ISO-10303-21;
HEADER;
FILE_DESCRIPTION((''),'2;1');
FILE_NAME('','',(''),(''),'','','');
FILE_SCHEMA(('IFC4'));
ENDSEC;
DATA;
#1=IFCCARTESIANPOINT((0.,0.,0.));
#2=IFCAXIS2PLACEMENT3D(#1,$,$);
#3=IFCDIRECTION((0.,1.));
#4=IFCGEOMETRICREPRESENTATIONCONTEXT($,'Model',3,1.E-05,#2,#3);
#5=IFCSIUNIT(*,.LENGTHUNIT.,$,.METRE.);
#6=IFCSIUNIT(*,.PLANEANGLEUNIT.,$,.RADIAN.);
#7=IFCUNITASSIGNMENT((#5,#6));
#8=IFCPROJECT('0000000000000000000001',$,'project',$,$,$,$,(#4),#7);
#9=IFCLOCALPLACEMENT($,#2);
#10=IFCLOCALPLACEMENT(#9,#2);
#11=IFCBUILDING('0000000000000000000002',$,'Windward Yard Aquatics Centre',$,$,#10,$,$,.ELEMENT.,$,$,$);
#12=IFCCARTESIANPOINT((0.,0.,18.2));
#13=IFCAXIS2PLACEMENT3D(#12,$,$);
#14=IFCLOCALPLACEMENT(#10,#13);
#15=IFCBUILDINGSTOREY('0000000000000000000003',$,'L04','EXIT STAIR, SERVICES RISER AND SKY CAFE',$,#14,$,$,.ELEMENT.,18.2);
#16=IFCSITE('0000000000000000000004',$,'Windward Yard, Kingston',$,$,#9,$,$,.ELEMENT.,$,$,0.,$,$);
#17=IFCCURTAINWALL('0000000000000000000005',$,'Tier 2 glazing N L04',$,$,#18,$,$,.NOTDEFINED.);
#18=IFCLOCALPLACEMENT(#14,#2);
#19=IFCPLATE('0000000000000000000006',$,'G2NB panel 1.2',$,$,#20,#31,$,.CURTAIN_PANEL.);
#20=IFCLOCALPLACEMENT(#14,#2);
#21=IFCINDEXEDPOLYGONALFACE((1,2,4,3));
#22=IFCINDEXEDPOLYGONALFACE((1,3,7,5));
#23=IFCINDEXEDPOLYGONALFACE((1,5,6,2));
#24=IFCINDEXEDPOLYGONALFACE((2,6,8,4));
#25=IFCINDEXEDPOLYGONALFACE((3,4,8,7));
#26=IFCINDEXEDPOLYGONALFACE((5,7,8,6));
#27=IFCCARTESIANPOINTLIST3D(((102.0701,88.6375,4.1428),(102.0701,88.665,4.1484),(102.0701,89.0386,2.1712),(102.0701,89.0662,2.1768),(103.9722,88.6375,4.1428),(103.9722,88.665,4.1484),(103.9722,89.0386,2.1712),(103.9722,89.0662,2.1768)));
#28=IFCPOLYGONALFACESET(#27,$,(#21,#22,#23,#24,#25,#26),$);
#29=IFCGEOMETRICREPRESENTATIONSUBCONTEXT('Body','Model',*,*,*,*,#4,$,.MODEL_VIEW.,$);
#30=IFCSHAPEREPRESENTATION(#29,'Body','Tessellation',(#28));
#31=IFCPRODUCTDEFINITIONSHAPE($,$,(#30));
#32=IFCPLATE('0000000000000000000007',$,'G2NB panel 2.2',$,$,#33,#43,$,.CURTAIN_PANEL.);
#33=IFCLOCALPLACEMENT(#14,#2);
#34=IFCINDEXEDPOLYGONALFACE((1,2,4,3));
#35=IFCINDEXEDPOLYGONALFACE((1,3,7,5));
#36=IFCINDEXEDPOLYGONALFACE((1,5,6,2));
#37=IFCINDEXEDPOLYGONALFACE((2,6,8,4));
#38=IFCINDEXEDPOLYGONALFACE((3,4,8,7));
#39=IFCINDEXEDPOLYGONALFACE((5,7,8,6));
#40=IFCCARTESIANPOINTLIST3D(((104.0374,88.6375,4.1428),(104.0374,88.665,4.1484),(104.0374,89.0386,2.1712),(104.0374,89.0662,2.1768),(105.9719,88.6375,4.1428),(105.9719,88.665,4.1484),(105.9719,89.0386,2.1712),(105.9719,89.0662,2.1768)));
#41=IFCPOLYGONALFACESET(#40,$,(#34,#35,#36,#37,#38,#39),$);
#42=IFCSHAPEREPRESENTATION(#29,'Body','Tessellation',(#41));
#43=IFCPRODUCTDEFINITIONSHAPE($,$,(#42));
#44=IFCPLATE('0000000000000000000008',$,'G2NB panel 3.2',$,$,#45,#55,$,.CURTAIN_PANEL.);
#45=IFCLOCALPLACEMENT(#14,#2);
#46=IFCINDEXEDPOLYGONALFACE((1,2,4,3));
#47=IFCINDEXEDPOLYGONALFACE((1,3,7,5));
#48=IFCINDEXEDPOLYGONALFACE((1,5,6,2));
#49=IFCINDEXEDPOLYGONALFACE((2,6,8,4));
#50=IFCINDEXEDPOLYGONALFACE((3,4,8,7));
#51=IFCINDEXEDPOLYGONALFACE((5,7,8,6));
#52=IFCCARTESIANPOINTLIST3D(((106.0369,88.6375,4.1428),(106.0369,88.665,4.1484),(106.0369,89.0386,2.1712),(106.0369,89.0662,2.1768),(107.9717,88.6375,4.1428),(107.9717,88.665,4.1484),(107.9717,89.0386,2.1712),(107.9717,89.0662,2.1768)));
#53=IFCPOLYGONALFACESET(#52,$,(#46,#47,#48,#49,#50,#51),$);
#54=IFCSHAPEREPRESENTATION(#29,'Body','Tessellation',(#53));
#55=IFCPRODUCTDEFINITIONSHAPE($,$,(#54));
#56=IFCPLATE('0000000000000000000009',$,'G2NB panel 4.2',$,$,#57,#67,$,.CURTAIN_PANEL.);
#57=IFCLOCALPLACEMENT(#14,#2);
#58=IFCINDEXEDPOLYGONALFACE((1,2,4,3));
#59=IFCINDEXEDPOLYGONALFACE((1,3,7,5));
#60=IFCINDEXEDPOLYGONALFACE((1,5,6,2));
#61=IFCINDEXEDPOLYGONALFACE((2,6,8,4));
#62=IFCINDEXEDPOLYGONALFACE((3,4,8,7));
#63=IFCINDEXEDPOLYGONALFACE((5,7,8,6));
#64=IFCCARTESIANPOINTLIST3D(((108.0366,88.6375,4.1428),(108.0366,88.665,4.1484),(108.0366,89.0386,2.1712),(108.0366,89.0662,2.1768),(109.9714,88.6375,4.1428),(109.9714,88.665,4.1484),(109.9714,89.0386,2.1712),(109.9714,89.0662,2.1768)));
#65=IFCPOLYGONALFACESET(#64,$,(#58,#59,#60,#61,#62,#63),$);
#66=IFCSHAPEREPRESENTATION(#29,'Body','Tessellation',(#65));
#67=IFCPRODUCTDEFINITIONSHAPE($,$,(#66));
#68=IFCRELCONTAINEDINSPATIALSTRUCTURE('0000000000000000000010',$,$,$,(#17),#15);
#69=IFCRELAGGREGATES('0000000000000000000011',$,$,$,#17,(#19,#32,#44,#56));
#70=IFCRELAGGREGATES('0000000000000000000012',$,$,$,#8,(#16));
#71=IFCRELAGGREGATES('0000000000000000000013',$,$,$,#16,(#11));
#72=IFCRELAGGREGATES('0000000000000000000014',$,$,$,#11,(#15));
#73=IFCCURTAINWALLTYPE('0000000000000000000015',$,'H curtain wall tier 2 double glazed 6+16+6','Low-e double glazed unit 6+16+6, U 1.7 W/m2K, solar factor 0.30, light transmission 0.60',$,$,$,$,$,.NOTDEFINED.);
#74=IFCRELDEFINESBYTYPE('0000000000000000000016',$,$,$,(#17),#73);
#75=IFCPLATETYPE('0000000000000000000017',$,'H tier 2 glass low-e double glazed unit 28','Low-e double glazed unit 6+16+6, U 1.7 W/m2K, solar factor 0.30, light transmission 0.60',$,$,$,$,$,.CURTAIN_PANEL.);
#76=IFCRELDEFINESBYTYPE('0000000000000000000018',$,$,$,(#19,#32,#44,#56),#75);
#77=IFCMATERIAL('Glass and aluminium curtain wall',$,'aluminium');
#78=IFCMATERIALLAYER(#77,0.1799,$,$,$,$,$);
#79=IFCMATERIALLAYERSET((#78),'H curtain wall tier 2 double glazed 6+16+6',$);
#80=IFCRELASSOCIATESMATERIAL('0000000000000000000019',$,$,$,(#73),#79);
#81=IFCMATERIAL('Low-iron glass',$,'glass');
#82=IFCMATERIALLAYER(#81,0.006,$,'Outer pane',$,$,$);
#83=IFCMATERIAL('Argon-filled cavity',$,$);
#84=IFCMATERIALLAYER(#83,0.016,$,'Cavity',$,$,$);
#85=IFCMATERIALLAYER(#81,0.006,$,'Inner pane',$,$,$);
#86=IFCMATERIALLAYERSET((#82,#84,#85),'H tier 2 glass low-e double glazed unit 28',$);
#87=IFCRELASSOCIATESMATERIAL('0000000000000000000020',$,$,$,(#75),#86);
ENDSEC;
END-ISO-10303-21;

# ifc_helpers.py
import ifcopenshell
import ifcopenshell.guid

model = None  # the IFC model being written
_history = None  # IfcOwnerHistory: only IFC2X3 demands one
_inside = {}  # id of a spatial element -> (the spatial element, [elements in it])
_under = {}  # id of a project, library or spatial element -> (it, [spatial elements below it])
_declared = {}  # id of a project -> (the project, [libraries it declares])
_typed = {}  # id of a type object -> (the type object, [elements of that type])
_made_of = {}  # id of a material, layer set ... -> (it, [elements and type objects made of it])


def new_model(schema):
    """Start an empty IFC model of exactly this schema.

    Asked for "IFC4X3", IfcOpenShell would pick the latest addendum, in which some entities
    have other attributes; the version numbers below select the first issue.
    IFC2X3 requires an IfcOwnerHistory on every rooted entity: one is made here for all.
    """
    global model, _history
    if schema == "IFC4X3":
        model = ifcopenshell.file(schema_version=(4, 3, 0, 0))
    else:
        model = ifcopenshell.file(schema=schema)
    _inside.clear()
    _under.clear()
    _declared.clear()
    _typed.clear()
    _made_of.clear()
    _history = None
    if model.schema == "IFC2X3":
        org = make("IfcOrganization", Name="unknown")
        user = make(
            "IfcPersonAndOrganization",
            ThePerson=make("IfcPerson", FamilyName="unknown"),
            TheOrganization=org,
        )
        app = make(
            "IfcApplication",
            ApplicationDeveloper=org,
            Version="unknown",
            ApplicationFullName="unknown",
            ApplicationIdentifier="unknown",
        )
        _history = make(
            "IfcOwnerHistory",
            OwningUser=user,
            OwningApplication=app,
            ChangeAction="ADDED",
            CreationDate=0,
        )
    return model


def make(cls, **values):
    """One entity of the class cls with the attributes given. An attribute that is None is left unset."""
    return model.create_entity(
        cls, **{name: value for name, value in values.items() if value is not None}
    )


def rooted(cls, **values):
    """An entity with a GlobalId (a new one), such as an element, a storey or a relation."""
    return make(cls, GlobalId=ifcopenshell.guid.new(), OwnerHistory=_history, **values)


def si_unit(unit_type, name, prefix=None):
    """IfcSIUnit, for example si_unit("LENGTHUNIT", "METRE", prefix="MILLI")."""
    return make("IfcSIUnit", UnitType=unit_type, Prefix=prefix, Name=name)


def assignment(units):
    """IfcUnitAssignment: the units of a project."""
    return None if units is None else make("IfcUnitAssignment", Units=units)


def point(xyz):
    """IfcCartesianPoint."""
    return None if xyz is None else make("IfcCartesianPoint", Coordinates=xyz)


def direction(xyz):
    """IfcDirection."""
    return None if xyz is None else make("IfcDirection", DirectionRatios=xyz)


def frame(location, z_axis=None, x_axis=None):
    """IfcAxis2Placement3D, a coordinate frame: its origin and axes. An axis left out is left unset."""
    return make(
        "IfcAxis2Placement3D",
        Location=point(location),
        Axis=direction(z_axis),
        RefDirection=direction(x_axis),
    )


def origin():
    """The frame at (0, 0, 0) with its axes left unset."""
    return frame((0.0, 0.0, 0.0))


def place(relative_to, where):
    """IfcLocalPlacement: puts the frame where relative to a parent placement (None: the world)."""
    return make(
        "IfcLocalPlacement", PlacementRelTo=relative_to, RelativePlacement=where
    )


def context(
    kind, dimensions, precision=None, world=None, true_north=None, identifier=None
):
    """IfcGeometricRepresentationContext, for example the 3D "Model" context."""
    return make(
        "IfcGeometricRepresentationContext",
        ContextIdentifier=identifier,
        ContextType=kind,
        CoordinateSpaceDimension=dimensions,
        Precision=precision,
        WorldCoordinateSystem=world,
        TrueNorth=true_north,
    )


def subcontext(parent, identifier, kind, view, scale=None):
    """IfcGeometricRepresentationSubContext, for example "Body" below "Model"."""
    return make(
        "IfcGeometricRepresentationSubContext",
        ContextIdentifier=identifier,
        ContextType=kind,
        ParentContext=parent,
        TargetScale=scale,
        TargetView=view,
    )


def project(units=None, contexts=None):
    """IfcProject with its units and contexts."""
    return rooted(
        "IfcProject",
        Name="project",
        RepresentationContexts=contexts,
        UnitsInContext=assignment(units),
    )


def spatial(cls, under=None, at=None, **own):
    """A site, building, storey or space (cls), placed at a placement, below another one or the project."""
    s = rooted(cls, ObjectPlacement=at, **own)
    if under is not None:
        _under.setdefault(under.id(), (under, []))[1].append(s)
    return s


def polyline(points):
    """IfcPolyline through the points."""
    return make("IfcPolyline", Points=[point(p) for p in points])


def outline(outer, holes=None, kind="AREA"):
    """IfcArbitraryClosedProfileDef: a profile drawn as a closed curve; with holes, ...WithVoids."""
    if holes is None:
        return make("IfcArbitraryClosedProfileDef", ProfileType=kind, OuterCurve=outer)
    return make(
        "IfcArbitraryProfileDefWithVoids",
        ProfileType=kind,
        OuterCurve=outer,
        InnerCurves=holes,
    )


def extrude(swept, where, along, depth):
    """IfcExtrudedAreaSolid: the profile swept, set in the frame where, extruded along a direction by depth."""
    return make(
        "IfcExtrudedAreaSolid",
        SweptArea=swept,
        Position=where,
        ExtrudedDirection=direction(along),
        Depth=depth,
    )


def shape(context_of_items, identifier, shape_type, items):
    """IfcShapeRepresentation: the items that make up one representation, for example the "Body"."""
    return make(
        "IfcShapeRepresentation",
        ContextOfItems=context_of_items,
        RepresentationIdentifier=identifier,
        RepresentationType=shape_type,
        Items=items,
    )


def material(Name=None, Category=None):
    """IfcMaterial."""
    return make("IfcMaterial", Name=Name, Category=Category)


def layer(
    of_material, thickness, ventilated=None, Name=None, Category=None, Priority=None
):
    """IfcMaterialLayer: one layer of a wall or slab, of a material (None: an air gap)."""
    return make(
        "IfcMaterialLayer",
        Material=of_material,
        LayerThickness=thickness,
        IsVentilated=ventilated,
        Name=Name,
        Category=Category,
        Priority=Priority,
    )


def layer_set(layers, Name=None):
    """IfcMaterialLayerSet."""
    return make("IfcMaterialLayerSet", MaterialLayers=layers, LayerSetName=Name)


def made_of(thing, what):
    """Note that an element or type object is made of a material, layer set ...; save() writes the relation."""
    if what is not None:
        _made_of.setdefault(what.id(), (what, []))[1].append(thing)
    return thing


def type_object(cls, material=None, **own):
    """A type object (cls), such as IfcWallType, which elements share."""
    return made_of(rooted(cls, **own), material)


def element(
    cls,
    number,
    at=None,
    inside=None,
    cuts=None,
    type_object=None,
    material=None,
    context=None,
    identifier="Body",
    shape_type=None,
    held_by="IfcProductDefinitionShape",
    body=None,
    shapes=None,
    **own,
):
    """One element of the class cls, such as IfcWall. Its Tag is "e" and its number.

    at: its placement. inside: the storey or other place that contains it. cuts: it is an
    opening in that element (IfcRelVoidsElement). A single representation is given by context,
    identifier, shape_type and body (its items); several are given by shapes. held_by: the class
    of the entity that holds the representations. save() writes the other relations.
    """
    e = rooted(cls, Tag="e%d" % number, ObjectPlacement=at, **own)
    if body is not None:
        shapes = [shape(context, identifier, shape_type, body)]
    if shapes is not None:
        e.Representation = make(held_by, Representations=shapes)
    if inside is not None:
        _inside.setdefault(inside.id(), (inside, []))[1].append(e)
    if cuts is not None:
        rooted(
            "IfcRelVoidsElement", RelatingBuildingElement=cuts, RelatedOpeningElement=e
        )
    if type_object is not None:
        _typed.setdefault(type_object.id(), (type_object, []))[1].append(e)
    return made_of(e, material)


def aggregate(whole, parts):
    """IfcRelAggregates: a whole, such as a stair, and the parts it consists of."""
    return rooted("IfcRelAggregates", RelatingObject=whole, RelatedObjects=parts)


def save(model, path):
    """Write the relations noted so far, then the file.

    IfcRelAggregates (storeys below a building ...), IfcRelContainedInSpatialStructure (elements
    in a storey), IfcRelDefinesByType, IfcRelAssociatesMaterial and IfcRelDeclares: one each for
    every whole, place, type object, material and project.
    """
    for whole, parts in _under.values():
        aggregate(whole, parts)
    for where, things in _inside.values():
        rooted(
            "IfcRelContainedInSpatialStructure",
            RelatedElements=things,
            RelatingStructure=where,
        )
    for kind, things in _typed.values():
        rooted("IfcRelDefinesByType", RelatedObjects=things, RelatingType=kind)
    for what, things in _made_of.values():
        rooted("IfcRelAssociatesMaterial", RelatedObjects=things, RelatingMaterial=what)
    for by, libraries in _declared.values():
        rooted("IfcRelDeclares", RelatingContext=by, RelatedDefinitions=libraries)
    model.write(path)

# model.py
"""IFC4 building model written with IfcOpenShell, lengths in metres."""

from ifc_helpers import new_model, si_unit, direction, frame, origin, place, context, subcontext, project, spatial, polyline, outline, extrude, material, layer, layer_set, type_object, element, aggregate, save


model = new_model("IFC4")

# Units and contexts
model_context = context("Model", 3, precision=1e-05, world=origin(), true_north=direction((0.0, 1.0)))
body_context = subcontext(model_context, "Body", "Model", "MODEL_VIEW")
ifc_project = project(units=[si_unit("LENGTHUNIT", "METRE"), si_unit("PLANEANGLEUNIT", "RADIAN")], contexts=[model_context])

# Site, building, storey
site_placement = place(None, origin())
site = spatial("IfcSite", under=ifc_project, at=site_placement, Name="Windward Yard, Kingston", CompositionType="ELEMENT", RefElevation=0.0)
building_placement = place(site_placement, origin())
building = spatial("IfcBuilding", under=site, at=building_placement, Name="Windward Yard Aquatics Centre", CompositionType="ELEMENT")
storey_placement = place(building_placement, frame((0.0, 0.0, 18.2)))
storey = spatial("IfcBuildingStorey", under=building, at=storey_placement, Name="L04", Description="EXIT STAIR, SERVICES RISER AND SKY CAFE", CompositionType="ELEMENT", Elevation=18.2)

# Curtain wall
ifc_material_1 = material(Name="Glass and aluminium curtain wall", Category="aluminium")
ifc_layer_1 = layer(ifc_material_1, 0.1799)
ifc_layer_set_1 = layer_set([ifc_layer_1], Name="H curtain wall tier 2 double glazed 6+16+6")
curtain_wall_type = type_object("IfcCurtainWallType", Name="H curtain wall tier 2 double glazed 6+16+6", Description="Low-e double glazed unit 6+16+6, U 1.7 W/m2K, solar factor 0.30, light transmission 0.60", PredefinedType="NOTDEFINED", material=ifc_layer_set_1)
curtain_wall_1_placement = place(storey_placement, origin())
curtain_wall_1 = element("IfcCurtainWall", 1, at=curtain_wall_1_placement, inside=storey, type_object=curtain_wall_type, Name="Tier 2 glazing N L04", PredefinedType="NOTDEFINED")

# Plates
ifc_material_2 = material(Name="Low-iron glass", Category="glass")
ifc_layer_2 = layer(ifc_material_2, 0.006, Name="Outer pane")
ifc_material_3 = material(Name="Argon-filled cavity")
ifc_layer_3 = layer(ifc_material_3, 0.016, Name="Cavity")
ifc_layer_4 = layer(ifc_material_2, 0.006, Name="Inner pane")
ifc_layer_set_2 = layer_set([ifc_layer_2, ifc_layer_3, ifc_layer_4], Name="H tier 2 glass low-e double glazed unit 28")
plate_type = type_object("IfcPlateType", Name="H tier 2 glass low-e double glazed unit 28", Description="Low-e double glazed unit 6+16+6, U 1.7 W/m2K, solar factor 0.30, light transmission 0.60", PredefinedType="CURTAIN_PANEL", material=ifc_layer_set_2)
plate_1_placement = place(storey_placement, frame((102.0701, 88.665, 4.1484), z_axis=(0.0, 0.979927, 0.199359), x_axis=(0.0, 0.199359, -0.979927)))
plate_1 = element("IfcPlate", 2, at=plate_1_placement, type_object=plate_type, Name="G2NB panel 1.2", PredefinedType="CURTAIN_PANEL", context=body_context, shape_type="SweptSolid", body=[
    extrude(outline(polyline([(0.0, 0.0), (2.0121, 0.0), (2.0121, -1.9021), (0.0, -1.9021), (0.0, 0.0)])), origin(), (0.0, 0.0, -1.0), 0.0281),
])
plate_2_placement = place(storey_placement, frame((104.0374, 88.665, 4.1484), z_axis=(0.0, 0.979927, 0.199359), x_axis=(0.0, 0.199359, -0.979927)))
plate_2 = element("IfcPlate", 3, at=plate_2_placement, type_object=plate_type, Name="G2NB panel 2.2", PredefinedType="CURTAIN_PANEL", context=body_context, shape_type="SweptSolid", body=[
    extrude(outline(polyline([(0.0, 0.0), (2.0121, 0.0), (2.0121, -1.9346), (0.0, -1.9346), (0.0, 0.0)])), origin(), (0.0, 0.0, -1.0), 0.0281),
])
plate_3_placement = place(storey_placement, frame((106.0369, 88.665, 4.1484), z_axis=(0.0, 0.979927, 0.199359), x_axis=(0.0, 0.199359, -0.979927)))
plate_3 = element("IfcPlate", 4, at=plate_3_placement, type_object=plate_type, Name="G2NB panel 3.2", PredefinedType="CURTAIN_PANEL", context=body_context, shape_type="SweptSolid", body=[
    extrude(outline(polyline([(0.0, 0.0), (2.0121, 0.0), (2.0121, -1.9348), (0.0, -1.9348), (0.0, 0.0)])), origin(), (0.0, 0.0, -1.0), 0.0281),
])
plate_4_placement = place(storey_placement, frame((108.0366, 88.665, 4.1484), z_axis=(0.0, 0.979927, 0.199359), x_axis=(0.0, 0.199359, -0.979927)))
plate_4 = element("IfcPlate", 5, at=plate_4_placement, type_object=plate_type, Name="G2NB panel 4.2", PredefinedType="CURTAIN_PANEL", context=body_context, shape_type="SweptSolid", body=[
    extrude(outline(polyline([(0.0, 0.0), (2.0121, 0.0), (2.0121, -1.9348), (0.0, -1.9348), (0.0, 0.0)])), origin(), (0.0, 0.0, -1.0), 0.0281),
])
aggregate(curtain_wall_1, [plate_1, plate_2, plate_3, plate_4])

save(model, "model.ifc")
